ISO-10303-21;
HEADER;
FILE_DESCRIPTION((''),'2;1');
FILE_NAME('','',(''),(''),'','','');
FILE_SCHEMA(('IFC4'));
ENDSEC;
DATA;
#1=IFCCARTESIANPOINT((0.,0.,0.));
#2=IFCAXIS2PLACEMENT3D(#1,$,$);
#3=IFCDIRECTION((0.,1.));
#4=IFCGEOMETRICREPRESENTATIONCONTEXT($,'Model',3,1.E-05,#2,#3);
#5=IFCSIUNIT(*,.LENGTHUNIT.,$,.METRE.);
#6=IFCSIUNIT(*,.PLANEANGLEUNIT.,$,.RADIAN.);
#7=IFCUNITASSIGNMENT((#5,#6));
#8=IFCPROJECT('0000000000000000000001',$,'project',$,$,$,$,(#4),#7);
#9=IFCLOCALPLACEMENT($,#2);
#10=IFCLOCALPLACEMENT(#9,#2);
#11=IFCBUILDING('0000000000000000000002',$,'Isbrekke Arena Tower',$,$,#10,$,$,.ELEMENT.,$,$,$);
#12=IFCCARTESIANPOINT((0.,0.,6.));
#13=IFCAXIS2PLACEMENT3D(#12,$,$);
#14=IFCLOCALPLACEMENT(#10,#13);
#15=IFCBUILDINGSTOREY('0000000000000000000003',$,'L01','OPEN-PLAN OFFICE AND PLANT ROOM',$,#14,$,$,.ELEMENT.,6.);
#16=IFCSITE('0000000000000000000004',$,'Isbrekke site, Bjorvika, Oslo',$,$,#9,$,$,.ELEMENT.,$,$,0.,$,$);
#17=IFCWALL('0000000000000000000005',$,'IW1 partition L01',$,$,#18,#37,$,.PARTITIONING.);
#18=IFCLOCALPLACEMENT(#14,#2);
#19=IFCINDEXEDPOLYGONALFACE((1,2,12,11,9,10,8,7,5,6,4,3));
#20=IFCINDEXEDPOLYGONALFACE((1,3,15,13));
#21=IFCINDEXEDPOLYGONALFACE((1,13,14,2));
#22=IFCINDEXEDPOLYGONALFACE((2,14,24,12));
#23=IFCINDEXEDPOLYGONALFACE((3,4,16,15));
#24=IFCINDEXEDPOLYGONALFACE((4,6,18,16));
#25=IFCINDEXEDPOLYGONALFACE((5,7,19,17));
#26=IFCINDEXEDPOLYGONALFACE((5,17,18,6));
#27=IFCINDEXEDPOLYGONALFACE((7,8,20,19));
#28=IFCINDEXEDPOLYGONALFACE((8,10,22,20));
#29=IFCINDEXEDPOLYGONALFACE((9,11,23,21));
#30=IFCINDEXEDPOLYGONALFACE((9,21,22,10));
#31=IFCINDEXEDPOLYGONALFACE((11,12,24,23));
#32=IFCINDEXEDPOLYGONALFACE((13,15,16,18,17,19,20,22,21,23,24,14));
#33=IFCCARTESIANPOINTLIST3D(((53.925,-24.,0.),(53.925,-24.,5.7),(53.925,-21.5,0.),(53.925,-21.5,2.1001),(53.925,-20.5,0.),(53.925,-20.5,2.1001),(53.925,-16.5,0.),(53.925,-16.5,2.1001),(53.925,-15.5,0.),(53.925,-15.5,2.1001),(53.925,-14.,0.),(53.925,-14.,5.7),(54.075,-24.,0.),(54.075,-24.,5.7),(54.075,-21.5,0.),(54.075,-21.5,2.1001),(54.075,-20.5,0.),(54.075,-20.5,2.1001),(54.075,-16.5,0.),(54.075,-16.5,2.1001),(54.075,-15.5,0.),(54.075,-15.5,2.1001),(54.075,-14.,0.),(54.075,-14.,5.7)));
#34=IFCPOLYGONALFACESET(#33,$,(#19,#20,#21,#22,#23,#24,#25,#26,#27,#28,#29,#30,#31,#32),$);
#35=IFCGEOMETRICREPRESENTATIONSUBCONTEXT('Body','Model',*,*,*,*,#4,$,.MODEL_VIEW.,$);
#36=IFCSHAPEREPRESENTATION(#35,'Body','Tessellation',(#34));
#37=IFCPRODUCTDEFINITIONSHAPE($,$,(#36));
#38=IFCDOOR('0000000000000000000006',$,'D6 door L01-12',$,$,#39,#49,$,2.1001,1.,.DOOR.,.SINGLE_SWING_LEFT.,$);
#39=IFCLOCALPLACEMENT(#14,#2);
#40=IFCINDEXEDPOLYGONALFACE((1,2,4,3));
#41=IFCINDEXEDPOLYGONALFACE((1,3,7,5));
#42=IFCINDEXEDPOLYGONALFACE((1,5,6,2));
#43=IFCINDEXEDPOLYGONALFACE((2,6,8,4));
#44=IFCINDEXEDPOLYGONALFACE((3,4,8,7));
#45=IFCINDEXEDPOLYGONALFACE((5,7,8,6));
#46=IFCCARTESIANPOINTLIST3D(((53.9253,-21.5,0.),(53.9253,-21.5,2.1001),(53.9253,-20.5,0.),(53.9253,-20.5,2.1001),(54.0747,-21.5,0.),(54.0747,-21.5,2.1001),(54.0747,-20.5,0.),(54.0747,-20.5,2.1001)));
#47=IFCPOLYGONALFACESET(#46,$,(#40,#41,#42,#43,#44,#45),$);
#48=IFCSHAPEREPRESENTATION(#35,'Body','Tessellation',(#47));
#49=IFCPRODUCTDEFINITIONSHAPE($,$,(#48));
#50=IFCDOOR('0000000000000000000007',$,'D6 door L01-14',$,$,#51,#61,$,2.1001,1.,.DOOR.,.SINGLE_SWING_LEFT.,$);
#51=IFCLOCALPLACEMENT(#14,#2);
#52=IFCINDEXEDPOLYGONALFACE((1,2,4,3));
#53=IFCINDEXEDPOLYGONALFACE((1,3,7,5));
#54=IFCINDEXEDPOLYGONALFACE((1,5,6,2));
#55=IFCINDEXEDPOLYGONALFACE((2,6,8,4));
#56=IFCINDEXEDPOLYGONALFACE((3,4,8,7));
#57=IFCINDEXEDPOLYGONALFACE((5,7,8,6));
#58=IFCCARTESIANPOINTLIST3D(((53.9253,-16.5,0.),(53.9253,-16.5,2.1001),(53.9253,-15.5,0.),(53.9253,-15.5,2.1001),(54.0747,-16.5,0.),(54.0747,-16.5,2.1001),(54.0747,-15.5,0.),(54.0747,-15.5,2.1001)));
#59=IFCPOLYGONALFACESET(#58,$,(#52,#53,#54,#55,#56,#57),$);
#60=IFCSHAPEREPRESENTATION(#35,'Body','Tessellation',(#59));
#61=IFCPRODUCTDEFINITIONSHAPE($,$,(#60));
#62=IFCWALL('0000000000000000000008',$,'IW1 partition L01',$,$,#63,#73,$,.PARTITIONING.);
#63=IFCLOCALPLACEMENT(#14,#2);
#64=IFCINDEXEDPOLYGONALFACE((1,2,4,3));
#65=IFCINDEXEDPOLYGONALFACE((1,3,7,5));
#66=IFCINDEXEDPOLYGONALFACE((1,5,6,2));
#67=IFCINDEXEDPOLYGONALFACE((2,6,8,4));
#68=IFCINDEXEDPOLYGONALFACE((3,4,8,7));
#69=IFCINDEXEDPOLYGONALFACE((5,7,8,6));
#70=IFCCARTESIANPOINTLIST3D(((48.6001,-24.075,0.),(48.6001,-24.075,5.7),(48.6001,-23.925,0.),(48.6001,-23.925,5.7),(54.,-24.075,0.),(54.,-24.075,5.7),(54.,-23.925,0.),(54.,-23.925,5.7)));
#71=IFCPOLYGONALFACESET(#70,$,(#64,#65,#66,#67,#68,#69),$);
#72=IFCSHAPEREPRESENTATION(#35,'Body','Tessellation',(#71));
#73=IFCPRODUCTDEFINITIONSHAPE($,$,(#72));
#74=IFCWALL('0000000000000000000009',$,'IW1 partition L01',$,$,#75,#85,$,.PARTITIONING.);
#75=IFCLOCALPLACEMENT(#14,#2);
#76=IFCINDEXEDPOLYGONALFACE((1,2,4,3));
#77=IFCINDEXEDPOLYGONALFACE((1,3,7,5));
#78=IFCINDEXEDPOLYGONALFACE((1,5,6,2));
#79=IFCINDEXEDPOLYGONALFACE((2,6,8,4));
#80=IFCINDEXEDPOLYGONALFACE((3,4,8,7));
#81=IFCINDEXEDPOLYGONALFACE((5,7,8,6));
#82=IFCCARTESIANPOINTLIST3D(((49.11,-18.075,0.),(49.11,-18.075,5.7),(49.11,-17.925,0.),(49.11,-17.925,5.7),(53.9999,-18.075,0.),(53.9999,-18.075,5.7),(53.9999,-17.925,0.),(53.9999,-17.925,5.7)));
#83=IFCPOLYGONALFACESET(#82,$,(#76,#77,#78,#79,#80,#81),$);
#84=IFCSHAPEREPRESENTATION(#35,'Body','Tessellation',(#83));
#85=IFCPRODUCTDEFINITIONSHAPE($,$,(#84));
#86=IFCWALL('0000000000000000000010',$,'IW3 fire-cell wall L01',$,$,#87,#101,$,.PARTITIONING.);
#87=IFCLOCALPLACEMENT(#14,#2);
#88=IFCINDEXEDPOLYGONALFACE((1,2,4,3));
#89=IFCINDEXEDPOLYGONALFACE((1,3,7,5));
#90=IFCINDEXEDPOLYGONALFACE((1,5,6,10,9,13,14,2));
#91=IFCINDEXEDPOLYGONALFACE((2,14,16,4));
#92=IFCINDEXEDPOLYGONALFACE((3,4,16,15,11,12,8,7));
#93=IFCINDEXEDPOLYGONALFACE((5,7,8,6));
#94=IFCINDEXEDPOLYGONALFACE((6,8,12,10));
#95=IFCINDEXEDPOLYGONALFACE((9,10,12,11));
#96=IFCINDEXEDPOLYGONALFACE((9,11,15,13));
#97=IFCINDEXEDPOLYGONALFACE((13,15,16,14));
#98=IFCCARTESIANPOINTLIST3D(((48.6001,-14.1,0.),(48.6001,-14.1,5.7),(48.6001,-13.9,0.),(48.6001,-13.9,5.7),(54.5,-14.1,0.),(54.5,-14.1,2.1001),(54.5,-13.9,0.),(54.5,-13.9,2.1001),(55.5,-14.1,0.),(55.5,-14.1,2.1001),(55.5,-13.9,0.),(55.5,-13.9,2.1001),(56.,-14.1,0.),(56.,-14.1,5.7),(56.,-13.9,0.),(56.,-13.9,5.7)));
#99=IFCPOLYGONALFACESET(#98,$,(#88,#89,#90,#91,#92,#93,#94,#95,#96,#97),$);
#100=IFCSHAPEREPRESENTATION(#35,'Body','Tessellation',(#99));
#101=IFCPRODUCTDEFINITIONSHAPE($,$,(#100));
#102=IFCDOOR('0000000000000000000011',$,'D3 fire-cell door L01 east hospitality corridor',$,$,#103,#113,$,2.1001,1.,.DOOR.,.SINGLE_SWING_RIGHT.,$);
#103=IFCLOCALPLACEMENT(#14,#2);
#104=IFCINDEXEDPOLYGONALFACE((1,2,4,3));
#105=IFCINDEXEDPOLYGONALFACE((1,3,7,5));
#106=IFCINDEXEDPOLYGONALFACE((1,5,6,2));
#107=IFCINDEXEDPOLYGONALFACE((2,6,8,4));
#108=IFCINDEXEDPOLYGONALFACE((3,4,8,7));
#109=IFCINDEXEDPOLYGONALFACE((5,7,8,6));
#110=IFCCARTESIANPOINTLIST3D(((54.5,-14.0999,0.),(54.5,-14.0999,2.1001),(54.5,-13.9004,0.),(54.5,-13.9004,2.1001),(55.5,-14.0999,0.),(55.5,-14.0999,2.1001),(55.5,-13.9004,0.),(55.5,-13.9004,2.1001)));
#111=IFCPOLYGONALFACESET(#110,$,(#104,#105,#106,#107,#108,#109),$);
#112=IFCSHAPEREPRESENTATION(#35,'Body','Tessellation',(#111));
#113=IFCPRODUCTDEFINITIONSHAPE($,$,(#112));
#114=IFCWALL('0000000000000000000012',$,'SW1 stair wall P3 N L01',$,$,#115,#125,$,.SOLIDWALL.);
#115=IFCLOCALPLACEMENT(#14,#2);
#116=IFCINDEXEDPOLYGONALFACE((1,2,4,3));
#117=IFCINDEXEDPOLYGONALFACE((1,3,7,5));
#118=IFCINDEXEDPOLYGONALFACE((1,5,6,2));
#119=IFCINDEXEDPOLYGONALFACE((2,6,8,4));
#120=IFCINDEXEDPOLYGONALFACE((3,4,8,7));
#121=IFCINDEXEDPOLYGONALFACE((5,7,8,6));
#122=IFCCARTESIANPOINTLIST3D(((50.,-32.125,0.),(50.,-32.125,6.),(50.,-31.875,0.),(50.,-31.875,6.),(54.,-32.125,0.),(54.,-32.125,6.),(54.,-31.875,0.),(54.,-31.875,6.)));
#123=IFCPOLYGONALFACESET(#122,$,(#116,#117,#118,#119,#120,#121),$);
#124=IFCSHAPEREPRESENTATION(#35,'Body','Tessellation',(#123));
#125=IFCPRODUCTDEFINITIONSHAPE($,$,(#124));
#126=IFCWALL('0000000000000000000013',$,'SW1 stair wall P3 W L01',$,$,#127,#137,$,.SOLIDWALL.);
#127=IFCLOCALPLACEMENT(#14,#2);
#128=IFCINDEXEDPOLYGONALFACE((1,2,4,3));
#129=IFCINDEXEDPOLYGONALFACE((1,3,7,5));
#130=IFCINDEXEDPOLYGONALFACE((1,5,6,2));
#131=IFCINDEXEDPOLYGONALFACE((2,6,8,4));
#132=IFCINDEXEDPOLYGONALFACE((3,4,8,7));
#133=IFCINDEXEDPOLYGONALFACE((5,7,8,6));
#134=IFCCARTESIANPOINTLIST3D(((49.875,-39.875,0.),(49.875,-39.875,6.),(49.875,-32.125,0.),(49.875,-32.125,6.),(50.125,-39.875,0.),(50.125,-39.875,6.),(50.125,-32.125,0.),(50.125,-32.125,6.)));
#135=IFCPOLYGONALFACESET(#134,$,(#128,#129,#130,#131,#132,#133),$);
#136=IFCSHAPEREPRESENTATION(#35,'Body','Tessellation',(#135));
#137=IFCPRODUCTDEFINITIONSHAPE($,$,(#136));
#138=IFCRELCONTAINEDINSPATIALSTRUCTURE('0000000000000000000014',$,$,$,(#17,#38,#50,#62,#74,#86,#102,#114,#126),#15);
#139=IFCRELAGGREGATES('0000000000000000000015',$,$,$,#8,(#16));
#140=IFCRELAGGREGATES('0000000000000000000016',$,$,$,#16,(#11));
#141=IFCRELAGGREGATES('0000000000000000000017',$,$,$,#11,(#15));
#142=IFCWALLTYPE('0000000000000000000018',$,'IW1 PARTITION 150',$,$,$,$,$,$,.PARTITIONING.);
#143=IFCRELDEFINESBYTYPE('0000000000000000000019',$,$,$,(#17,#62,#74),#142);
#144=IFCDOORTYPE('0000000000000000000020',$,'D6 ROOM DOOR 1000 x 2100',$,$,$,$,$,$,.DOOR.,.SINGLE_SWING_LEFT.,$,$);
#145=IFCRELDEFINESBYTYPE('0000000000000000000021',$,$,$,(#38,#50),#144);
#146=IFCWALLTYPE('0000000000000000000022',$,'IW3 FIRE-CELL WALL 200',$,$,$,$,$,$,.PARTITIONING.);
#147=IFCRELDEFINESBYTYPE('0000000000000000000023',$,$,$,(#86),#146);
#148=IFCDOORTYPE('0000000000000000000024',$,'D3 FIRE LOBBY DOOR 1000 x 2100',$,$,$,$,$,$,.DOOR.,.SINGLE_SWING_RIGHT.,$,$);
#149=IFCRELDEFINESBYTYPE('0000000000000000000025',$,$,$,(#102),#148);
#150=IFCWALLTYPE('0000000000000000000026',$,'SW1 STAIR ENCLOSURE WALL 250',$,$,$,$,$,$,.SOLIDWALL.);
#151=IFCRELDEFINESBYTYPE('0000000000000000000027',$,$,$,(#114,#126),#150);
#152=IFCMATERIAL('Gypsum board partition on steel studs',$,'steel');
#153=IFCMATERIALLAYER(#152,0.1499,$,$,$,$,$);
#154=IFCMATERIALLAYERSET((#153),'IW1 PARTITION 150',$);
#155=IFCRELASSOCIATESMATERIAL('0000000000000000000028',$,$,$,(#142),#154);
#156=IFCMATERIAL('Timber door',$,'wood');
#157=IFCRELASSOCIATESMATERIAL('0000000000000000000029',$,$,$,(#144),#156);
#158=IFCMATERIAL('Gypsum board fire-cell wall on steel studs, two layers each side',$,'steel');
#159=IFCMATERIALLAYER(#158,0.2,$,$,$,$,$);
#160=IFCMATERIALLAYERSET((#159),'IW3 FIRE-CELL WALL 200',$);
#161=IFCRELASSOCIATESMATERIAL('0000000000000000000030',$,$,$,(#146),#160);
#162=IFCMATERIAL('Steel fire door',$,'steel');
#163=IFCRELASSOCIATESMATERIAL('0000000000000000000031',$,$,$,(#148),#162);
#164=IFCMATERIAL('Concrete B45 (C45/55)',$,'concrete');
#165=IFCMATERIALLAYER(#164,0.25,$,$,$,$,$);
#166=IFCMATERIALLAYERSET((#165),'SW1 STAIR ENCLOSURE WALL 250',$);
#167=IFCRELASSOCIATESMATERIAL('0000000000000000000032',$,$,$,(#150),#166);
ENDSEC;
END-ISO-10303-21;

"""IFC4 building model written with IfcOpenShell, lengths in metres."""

from ifc_helpers import new_model, si_unit, direction, frame, frame_2d, origin, place, context, subcontext, project, spatial, rectangle, extrude, material, layer, layer_set, type_object, element, fill, save


model = new_model("IFC4")

# Units and contexts
model_context = context("Model", 3, precision=1e-05, world=origin(), true_north=direction((0.0, 1.0)))
body_context = subcontext(model_context, "Body", "Model", "MODEL_VIEW")
ifc_project = project(units=[si_unit("LENGTHUNIT", "METRE"), si_unit("PLANEANGLEUNIT", "RADIAN")], contexts=[model_context])

# Site, building, storey
site_placement = place(None, origin())
site = spatial("IfcSite", under=ifc_project, at=site_placement, Name="Isbrekke site, Bjorvika, Oslo", CompositionType="ELEMENT", RefElevation=0.0)
building_placement = place(site_placement, origin())
building = spatial("IfcBuilding", under=site, at=building_placement, Name="Isbrekke Arena Tower", CompositionType="ELEMENT")
storey_placement = place(building_placement, frame((0.0, 0.0, 6.0)))
storey = spatial("IfcBuildingStorey", under=building, at=storey_placement, Name="L01", Description="OPEN-PLAN OFFICE AND PLANT ROOM", CompositionType="ELEMENT", Elevation=6.0)

# Shared definitions
ifc_material_1 = material(Name="Gypsum board partition on steel studs", Category="steel")
ifc_layer_1 = layer(ifc_material_1, 0.1499)
ifc_layer_set_1 = layer_set([ifc_layer_1], Name="IW1 PARTITION 150")
wall_type_1 = type_object("IfcWallType", Name="IW1 PARTITION 150", PredefinedType="PARTITIONING", material=ifc_layer_set_1)

# Wall, openings, doors
wall_1_placement = place(storey_placement, frame((54.0, -24.0, 0.0), z_axis=(0.0, 0.0, 1.0), x_axis=(0.0, 1.0, 0.0)))
wall_1 = element("IfcWall", 1, at=wall_1_placement, inside=storey, type_object=wall_type_1, Name="IW1 partition L01", PredefinedType="PARTITIONING", context=body_context, shape_type="SweptSolid", body=[
    extrude(rectangle(XDim=10.0, YDim=0.1499, at=frame_2d((5.0, 0.0))), origin(), (0.0, 0.0, 1.0), 5.7),
])
opening_1_placement = place(wall_1_placement, frame((2.5, 0.0, 0.0)))
opening_1 = element("IfcOpeningElement", 2, at=opening_1_placement, cuts=wall_1, PredefinedType="OPENING", context=body_context, shape_type="SweptSolid", body=[
    extrude(rectangle(XDim=1.0, YDim=2.1001, at=frame_2d((0.5, 1.05))), frame((0.0, 0.0898, 0.0), z_axis=(0.0, -1.0, 0.0), x_axis=(1.0, 0.0, 0.0)), (0.0, 0.0, 1.0), 0.1797),
])
opening_2_placement = place(wall_1_placement, frame((7.5, 0.0, 0.0)))
opening_2 = element("IfcOpeningElement", 3, at=opening_2_placement, cuts=wall_1, PredefinedType="OPENING", context=body_context, shape_type="SweptSolid", body=[
    extrude(rectangle(XDim=1.0, YDim=2.1001, at=frame_2d((0.5, 1.05))), frame((0.0, 0.0898, 0.0), z_axis=(0.0, -1.0, 0.0), x_axis=(1.0, 0.0, 0.0)), (0.0, 0.0, 1.0), 0.1797),
])
ifc_material_2 = material(Name="Timber door", Category="wood")
door_type_1 = type_object("IfcDoorType", Name="D6 ROOM DOOR 1000 x 2100", OperationType="SINGLE_SWING_LEFT", PredefinedType="DOOR", material=ifc_material_2)
door_1_placement = place(opening_1_placement, origin())
door_1 = element("IfcDoor", 4, at=door_1_placement, inside=storey, type_object=door_type_1, Name="D6 door L01-12", OperationType="SINGLE_SWING_LEFT", OverallHeight=2.1001, OverallWidth=1.0, PredefinedType="DOOR", context=body_context, shape_type="SweptSolid", body=[
    extrude(rectangle(XDim=1.0, YDim=2.1001, at=frame_2d((0.5, 1.05))), frame((0.0, 0.0747, 0.0), z_axis=(0.0, -1.0, 0.0), x_axis=(1.0, 0.0, 0.0)), (0.0, 0.0, 1.0), 0.1494),
])
fill(opening_1, door_1)
door_2_placement = place(opening_2_placement, origin())
door_2 = element("IfcDoor", 5, at=door_2_placement, inside=storey, type_object=door_type_1, Name="D6 door L01-14", OperationType="SINGLE_SWING_LEFT", OverallHeight=2.1001, OverallWidth=1.0, PredefinedType="DOOR", context=body_context, shape_type="SweptSolid", body=[
    extrude(rectangle(XDim=1.0, YDim=2.1001, at=frame_2d((0.5, 1.05))), frame((0.0, 0.0747, 0.0), z_axis=(0.0, -1.0, 0.0), x_axis=(1.0, 0.0, 0.0)), (0.0, 0.0, 1.0), 0.1494),
])
fill(opening_2, door_2)

# Walls
wall_2_placement = place(storey_placement, frame((48.6001, -24.0, 0.0), z_axis=(0.0, 0.0, 1.0), x_axis=(1.0, 0.0, 0.0)))
element("IfcWall", 6, at=wall_2_placement, inside=storey, type_object=wall_type_1, Name="IW1 partition L01", PredefinedType="PARTITIONING", context=body_context, shape_type="SweptSolid", body=[
    extrude(rectangle(XDim=5.3999, YDim=0.1499, at=frame_2d((2.7, 0.0))), origin(), (0.0, 0.0, 1.0), 5.7),
])
wall_3_placement = place(storey_placement, frame((49.1101, -18.0, 0.0), z_axis=(0.0, 0.0, 1.0), x_axis=(1.0, 0.0, 0.0)))
element("IfcWall", 7, at=wall_3_placement, inside=storey, type_object=wall_type_1, Name="IW1 partition L01", PredefinedType="PARTITIONING", context=body_context, shape_type="SweptSolid", body=[
    extrude(rectangle(XDim=4.8899, YDim=0.1499, at=frame_2d((2.4448, 0.0))), origin(), (0.0, 0.0, 1.0), 5.7),
])

# Wall, opening, door
ifc_material_3 = material(Name="Gypsum board fire-cell wall on steel studs, two layers each side", Category="steel")
ifc_layer_2 = layer(ifc_material_3, 0.2)
ifc_layer_set_2 = layer_set([ifc_layer_2], Name="IW3 FIRE-CELL WALL 200")
wall_type_2 = type_object("IfcWallType", Name="IW3 FIRE-CELL WALL 200", PredefinedType="PARTITIONING", material=ifc_layer_set_2)
wall_4_placement = place(storey_placement, frame((48.6001, -14.0, 0.0), z_axis=(0.0, 0.0, 1.0), x_axis=(1.0, 0.0, 0.0)))
wall_4 = element("IfcWall", 8, at=wall_4_placement, inside=storey, type_object=wall_type_2, Name="IW3 fire-cell wall L01", PredefinedType="PARTITIONING", context=body_context, shape_type="SweptSolid", body=[
    extrude(rectangle(XDim=7.3999, YDim=0.2, at=frame_2d((3.7, 0.0))), origin(), (0.0, 0.0, 1.0), 5.7),
])
opening_3_placement = place(wall_4_placement, frame((5.8999, 0.0, 0.0)))
opening_3 = element("IfcOpeningElement", 9, at=opening_3_placement, cuts=wall_4, PredefinedType="OPENING", context=body_context, shape_type="SweptSolid", body=[
    extrude(rectangle(XDim=1.0, YDim=2.1001, at=frame_2d((0.5, 1.05))), frame((0.0, 0.1147, 0.0), z_axis=(0.0, -1.0, 0.0), x_axis=(1.0, 0.0, 0.0)), (0.0, 0.0, 1.0), 0.2297),
])
ifc_material_4 = material(Name="Steel fire door", Category="steel")
door_type_2 = type_object("IfcDoorType", Name="D3 FIRE LOBBY DOOR 1000 x 2100", OperationType="SINGLE_SWING_RIGHT", PredefinedType="DOOR", material=ifc_material_4)
door_3_placement = place(opening_3_placement, origin())
door_3 = element("IfcDoor", 10, at=door_3_placement, inside=storey, type_object=door_type_2, Name="D3 fire-cell door L01 east hospitality corridor", OperationType="SINGLE_SWING_RIGHT", OverallHeight=2.1001, OverallWidth=1.0, PredefinedType="DOOR", context=body_context, shape_type="SweptSolid", body=[
    extrude(rectangle(XDim=1.0, YDim=2.1001, at=frame_2d((0.5, 1.05))), frame((0.0, 0.0996, 0.0), z_axis=(0.0, -1.0, 0.0), x_axis=(1.0, 0.0, 0.0)), (0.0, 0.0, 1.0), 0.1995),
])
fill(opening_3, door_3)

# Walls
ifc_material_5 = material(Name="Concrete B45 (C45/55)", Category="concrete")
ifc_layer_3 = layer(ifc_material_5, 0.25)
ifc_layer_set_3 = layer_set([ifc_layer_3], Name="SW1 STAIR ENCLOSURE WALL 250")
wall_type_3 = type_object("IfcWallType", Name="SW1 STAIR ENCLOSURE WALL 250", PredefinedType="SOLIDWALL", material=ifc_layer_set_3)
wall_5_placement = place(storey_placement, frame((54.0, -32.0, 0.0), z_axis=(0.0, 0.0, 1.0), x_axis=(-1.0, 0.0, 0.0)))
element("IfcWall", 11, at=wall_5_placement, inside=storey, type_object=wall_type_3, Name="SW1 stair wall P3 N L01", PredefinedType="SOLIDWALL", context=body_context, shape_type="SweptSolid", body=[
    extrude(rectangle(XDim=4.0, YDim=0.25, at=frame_2d((2.0, 0.0))), origin(), (0.0, 0.0, 1.0), 6.0),
])
wall_6_placement = place(storey_placement, frame((50.0, -32.125, 0.0), z_axis=(0.0, 0.0, 1.0), x_axis=(0.0, -1.0, 0.0)))
element("IfcWall", 12, at=wall_6_placement, inside=storey, type_object=wall_type_3, Name="SW1 stair wall P3 W L01", PredefinedType="SOLIDWALL", context=body_context, shape_type="SweptSolid", body=[
    extrude(rectangle(XDim=7.75, YDim=0.25, at=frame_2d((3.875, 0.0))), origin(), (0.0, 0.0, 1.0), 6.0),
])

save(model, "model.ifc")
